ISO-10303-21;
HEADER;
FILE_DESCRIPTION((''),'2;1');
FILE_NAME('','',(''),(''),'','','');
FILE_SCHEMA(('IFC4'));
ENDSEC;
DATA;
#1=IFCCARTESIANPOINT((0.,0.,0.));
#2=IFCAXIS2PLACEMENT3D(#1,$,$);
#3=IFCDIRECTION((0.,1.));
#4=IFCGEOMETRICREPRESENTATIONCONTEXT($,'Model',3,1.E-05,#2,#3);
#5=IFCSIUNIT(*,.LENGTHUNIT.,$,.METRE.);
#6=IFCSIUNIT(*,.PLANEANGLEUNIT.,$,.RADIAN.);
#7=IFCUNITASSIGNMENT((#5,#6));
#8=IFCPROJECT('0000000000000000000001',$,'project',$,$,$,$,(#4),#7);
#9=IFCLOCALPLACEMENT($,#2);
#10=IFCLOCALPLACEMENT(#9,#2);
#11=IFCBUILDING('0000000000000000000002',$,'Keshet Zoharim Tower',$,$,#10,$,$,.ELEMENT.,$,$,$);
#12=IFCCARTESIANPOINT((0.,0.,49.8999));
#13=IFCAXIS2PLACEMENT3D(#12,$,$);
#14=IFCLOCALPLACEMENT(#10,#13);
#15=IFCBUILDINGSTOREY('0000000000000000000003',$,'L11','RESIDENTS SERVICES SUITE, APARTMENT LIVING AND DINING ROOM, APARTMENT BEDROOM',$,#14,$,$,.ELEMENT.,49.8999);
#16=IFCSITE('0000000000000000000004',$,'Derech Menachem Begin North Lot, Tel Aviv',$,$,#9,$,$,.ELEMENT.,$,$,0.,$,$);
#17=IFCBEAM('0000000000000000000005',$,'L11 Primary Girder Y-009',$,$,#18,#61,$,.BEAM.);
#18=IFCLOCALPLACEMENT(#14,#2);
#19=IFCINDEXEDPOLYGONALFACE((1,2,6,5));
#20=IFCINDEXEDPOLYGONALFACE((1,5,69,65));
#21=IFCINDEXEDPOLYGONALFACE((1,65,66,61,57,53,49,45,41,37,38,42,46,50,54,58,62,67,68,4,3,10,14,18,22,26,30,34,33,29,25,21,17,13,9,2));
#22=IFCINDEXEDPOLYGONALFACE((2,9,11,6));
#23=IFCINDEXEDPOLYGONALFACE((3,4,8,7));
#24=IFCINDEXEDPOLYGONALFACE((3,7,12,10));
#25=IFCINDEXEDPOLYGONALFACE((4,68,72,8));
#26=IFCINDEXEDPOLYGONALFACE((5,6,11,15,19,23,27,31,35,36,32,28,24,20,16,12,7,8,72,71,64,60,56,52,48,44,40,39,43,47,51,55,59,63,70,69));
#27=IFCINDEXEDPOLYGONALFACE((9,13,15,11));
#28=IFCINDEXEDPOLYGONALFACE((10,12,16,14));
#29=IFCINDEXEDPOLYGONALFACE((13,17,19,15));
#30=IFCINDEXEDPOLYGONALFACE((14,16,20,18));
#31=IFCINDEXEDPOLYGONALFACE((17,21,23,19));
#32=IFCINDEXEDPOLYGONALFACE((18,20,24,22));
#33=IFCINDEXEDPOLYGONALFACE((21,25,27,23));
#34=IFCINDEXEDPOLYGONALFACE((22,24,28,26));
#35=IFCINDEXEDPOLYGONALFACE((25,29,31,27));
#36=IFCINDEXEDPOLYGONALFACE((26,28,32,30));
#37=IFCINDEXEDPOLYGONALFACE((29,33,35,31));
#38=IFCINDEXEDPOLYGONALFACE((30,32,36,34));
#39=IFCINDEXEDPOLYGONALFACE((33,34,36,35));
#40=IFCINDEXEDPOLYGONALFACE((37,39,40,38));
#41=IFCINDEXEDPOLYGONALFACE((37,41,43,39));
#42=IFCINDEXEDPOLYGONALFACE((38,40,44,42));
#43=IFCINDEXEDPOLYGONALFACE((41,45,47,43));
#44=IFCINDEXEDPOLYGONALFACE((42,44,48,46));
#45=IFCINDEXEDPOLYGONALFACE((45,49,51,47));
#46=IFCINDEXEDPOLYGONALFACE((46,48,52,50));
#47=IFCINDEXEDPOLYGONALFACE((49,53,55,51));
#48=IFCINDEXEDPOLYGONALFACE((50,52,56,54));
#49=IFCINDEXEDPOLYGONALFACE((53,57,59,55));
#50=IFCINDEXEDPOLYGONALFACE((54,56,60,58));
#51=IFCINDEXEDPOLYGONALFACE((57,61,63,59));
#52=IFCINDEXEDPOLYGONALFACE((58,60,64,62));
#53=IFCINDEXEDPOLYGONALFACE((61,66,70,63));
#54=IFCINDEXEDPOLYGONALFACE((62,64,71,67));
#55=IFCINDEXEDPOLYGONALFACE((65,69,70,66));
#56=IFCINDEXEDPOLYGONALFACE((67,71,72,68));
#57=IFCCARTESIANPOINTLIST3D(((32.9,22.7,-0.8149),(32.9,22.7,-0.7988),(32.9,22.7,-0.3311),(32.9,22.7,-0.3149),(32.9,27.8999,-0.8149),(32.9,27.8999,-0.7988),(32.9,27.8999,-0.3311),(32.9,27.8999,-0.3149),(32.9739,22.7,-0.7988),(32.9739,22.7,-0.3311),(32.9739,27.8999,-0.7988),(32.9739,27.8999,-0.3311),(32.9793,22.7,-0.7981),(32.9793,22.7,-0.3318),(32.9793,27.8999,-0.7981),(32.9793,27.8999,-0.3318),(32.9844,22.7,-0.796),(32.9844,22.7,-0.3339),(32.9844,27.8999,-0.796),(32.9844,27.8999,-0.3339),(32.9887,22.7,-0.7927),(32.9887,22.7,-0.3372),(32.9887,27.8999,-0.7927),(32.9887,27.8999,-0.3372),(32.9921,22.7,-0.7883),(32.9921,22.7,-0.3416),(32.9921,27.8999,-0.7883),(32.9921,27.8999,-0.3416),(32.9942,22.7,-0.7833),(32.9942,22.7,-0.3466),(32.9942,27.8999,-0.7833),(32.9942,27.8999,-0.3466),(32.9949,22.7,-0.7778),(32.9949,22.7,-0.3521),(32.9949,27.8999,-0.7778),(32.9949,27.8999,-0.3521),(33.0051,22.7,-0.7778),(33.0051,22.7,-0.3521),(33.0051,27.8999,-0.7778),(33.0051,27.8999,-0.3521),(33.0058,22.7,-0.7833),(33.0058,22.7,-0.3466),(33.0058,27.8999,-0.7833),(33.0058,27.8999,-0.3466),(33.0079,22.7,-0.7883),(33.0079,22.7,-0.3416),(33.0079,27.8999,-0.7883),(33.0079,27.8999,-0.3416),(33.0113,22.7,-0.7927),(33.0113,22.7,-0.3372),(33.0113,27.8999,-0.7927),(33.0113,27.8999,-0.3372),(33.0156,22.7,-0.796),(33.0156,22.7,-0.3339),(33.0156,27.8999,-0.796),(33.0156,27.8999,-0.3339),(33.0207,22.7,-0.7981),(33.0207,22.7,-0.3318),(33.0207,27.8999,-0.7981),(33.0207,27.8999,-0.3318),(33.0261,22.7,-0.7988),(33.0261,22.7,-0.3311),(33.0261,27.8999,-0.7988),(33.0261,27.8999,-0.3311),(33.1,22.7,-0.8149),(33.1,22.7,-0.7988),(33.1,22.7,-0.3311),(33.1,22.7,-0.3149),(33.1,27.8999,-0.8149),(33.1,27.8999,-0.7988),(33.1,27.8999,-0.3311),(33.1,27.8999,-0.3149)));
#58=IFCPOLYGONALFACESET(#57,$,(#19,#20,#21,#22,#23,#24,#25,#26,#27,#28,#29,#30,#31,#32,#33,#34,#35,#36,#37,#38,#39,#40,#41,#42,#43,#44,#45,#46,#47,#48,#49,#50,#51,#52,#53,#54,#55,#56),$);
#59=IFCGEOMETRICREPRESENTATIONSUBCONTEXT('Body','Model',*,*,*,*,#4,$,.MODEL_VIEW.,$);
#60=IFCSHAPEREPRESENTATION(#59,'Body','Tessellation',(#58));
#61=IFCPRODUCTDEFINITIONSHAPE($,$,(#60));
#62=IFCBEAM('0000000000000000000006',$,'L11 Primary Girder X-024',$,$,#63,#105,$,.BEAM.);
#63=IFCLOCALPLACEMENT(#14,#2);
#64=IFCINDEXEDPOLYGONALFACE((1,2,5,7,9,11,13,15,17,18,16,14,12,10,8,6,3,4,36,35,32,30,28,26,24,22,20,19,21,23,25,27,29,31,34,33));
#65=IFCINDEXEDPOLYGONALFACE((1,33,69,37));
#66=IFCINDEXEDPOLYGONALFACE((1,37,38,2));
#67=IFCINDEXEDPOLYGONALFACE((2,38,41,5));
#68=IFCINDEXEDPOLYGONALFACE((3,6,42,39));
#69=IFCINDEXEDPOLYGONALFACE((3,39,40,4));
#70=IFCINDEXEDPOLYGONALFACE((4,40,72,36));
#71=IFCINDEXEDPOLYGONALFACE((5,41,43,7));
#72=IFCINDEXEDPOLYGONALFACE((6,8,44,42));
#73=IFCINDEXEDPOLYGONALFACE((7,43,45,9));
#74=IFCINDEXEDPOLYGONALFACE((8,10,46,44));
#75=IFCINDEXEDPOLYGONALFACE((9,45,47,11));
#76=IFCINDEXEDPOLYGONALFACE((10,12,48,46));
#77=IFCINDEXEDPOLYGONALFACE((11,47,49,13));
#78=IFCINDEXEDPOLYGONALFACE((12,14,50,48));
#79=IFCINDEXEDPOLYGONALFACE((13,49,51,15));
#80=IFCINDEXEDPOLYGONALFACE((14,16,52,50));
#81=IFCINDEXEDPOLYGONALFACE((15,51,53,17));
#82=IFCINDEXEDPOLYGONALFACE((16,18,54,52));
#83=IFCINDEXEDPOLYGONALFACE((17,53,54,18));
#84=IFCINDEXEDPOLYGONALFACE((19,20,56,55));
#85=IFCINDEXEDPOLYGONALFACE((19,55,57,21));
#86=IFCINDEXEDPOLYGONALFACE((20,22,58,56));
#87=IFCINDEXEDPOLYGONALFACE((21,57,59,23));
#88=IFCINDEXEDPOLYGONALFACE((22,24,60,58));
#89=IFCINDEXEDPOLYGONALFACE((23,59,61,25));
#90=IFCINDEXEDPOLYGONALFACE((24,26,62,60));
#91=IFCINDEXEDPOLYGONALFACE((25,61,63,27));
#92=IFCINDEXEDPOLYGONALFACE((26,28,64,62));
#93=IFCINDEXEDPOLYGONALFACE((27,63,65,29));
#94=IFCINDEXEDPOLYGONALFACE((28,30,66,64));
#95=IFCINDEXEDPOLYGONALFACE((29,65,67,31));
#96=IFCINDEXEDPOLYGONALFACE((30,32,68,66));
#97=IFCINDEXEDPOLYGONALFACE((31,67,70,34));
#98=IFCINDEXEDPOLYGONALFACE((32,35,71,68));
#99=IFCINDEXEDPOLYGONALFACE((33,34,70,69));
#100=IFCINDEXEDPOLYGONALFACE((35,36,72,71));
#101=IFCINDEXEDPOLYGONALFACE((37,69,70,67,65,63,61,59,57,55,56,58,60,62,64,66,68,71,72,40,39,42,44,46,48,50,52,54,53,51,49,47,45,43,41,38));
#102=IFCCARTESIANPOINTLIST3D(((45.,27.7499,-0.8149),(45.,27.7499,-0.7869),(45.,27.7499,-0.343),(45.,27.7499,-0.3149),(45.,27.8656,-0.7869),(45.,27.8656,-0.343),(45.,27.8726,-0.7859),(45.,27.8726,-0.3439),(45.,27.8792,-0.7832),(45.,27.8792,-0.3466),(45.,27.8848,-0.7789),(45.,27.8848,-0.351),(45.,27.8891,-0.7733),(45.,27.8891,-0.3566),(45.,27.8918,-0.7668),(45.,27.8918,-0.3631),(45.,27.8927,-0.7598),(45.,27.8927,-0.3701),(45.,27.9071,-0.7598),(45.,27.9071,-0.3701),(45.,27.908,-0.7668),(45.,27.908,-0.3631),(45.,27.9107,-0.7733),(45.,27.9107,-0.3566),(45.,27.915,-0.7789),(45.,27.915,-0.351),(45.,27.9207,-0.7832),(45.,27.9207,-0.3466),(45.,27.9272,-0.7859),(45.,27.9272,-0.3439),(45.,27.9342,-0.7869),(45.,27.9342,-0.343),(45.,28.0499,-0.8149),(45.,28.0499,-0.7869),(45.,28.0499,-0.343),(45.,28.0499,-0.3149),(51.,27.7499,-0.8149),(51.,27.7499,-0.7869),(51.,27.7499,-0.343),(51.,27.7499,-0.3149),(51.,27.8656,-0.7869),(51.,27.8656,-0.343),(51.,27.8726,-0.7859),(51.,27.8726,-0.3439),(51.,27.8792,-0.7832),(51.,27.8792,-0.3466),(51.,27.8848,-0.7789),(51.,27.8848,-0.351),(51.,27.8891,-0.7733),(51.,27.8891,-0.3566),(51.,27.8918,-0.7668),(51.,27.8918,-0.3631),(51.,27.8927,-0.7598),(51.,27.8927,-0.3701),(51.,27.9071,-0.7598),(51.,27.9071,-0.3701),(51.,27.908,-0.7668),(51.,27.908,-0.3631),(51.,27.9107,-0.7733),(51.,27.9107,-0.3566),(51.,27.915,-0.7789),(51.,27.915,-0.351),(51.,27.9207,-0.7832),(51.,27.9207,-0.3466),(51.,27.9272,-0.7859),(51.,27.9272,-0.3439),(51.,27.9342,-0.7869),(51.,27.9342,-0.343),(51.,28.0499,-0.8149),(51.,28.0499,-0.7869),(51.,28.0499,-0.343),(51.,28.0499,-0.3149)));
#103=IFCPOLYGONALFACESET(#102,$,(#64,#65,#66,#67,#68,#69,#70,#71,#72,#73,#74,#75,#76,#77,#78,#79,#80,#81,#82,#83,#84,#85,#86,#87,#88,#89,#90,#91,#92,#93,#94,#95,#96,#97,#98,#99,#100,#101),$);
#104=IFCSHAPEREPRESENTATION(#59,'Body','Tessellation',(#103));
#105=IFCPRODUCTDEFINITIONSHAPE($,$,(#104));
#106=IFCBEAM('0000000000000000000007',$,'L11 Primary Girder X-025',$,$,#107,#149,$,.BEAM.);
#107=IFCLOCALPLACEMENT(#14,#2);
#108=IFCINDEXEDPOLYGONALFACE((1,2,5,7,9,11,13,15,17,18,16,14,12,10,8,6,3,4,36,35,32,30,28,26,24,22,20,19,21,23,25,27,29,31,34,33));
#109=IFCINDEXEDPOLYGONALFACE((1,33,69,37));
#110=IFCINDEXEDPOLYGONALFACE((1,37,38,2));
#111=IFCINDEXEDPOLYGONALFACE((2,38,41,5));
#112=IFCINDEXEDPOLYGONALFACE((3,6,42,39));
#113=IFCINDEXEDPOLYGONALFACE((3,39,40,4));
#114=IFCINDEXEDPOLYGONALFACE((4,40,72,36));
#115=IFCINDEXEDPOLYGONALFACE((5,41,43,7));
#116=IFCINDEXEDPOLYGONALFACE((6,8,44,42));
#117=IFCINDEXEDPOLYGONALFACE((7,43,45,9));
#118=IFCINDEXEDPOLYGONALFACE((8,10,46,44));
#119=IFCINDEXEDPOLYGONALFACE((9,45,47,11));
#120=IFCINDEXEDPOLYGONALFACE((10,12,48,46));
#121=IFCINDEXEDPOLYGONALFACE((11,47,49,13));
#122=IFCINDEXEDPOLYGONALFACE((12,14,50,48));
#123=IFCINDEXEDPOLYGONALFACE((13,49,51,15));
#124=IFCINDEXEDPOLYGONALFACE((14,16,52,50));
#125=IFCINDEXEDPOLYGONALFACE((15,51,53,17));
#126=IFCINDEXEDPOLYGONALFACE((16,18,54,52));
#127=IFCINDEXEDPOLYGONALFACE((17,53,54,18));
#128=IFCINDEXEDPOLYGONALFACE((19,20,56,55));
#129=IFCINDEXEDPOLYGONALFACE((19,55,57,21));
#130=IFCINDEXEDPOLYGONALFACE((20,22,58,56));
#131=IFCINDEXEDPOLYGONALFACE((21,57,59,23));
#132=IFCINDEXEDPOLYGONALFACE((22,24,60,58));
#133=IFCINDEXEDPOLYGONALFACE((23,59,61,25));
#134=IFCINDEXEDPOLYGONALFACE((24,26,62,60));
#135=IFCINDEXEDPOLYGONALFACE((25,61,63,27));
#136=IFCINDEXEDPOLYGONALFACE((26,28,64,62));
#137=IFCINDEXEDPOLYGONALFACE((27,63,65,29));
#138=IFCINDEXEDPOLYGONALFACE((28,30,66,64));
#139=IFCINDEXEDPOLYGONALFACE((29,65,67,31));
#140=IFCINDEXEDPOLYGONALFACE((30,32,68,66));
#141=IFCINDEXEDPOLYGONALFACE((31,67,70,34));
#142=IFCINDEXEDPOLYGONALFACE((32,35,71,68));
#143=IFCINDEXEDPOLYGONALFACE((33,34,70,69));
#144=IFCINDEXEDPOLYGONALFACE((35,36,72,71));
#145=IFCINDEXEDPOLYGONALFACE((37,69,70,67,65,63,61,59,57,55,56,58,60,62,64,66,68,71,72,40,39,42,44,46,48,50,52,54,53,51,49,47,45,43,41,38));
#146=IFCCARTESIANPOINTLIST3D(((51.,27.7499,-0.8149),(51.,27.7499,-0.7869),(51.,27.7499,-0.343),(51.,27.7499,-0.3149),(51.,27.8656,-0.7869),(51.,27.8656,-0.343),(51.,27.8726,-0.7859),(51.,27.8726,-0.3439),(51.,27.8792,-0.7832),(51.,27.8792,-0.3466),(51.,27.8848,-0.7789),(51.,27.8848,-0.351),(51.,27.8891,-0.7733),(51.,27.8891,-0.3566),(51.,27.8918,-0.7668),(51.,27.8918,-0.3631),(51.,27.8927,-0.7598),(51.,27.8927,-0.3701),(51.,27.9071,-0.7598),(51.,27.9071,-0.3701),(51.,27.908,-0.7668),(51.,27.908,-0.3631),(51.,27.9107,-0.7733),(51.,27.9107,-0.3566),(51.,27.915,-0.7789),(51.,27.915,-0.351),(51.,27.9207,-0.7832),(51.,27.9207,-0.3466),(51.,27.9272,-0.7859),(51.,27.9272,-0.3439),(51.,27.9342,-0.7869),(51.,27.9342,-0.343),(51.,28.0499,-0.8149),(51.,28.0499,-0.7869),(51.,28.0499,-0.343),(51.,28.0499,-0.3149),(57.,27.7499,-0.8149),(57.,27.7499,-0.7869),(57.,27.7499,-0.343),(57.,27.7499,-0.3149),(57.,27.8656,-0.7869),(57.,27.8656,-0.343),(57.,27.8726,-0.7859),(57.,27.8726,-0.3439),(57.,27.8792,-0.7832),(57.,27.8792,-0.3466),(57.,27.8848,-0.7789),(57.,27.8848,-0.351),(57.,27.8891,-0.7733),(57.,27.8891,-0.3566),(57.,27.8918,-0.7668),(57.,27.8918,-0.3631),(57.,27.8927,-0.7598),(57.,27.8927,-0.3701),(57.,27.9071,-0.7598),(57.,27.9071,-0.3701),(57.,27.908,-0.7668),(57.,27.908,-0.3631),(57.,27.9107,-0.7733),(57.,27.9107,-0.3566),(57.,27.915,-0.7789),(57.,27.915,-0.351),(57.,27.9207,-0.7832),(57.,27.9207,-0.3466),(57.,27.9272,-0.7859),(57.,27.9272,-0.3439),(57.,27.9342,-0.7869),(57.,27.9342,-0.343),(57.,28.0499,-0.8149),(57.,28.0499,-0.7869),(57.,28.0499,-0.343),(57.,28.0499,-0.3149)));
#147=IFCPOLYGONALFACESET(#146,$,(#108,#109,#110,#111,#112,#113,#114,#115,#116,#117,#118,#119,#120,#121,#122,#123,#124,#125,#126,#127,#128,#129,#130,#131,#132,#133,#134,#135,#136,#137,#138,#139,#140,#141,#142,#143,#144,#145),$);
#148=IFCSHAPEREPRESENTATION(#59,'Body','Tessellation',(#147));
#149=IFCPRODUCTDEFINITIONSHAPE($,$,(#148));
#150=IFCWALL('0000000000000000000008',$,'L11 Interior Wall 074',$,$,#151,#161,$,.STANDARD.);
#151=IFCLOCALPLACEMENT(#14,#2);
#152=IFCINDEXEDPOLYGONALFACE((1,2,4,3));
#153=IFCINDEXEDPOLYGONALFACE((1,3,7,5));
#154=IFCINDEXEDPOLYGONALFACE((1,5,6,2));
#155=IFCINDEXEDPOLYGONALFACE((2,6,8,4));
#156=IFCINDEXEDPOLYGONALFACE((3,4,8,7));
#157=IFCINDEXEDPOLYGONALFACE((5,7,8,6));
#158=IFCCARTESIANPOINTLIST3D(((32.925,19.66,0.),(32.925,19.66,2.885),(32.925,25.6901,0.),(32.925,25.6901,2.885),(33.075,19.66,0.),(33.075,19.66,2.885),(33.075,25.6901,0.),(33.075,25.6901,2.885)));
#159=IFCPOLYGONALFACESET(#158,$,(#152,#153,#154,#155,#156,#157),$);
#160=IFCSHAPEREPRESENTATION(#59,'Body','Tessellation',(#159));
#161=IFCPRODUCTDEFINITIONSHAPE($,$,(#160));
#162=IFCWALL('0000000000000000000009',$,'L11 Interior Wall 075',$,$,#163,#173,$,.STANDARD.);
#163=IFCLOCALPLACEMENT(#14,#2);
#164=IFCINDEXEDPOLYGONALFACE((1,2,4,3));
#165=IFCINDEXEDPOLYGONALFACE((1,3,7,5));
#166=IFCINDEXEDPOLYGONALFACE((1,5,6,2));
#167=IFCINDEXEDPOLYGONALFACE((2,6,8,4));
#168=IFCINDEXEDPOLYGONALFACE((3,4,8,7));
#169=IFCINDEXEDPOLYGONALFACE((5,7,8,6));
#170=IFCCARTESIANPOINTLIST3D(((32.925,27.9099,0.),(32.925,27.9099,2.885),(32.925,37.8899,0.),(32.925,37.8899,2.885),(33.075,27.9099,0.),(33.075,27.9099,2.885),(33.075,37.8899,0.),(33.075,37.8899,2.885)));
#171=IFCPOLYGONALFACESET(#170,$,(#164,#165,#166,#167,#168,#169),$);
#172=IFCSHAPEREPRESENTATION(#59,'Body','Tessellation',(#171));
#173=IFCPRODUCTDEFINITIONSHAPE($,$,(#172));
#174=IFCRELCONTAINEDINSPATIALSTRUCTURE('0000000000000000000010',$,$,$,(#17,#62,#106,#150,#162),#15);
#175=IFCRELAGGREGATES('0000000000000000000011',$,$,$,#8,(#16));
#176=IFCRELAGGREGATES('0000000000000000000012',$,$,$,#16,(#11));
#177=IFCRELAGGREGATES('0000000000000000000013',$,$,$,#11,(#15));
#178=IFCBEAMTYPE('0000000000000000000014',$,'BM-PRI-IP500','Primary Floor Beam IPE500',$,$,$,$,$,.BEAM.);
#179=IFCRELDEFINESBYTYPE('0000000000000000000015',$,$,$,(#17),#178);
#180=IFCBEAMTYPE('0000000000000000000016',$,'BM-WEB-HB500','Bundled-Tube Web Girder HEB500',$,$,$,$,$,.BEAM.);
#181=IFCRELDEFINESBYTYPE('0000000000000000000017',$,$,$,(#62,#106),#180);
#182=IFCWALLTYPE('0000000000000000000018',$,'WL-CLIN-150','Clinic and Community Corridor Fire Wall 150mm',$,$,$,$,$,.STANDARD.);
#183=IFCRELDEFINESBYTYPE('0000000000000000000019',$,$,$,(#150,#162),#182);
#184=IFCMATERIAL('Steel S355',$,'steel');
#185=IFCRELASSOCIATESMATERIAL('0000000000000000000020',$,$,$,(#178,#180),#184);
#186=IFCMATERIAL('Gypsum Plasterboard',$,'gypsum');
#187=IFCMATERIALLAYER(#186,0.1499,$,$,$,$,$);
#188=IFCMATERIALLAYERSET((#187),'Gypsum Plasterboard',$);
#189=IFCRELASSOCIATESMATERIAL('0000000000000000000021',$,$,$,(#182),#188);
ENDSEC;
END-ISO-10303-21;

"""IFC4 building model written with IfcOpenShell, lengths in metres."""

from ifc_helpers import new_model, si_unit, direction, frame, frame_2d, origin, origin_2d, place, context, subcontext, project, spatial, rectangle, i_section, extrude, material, layer, layer_set, material_profile, profile_set, type_object, element, save


model = new_model("IFC4")

# Units and contexts
model_context = context("Model", 3, precision=1e-05, world=origin(), true_north=direction((0.0, 1.0)))
body_context = subcontext(model_context, "Body", "Model", "MODEL_VIEW")
ifc_project = project(units=[si_unit("LENGTHUNIT", "METRE"), si_unit("PLANEANGLEUNIT", "RADIAN")], contexts=[model_context])

# Site, building, storey
site_placement = place(None, origin())
site = spatial("IfcSite", under=ifc_project, at=site_placement, Name="Derech Menachem Begin North Lot, Tel Aviv", CompositionType="ELEMENT", RefElevation=0.0)
building_placement = place(site_placement, origin())
building = spatial("IfcBuilding", under=site, at=building_placement, Name="Keshet Zoharim Tower", CompositionType="ELEMENT")
storey_placement = place(building_placement, frame((0.0, 0.0, 49.8999)))
storey = spatial("IfcBuildingStorey", under=building, at=storey_placement, Name="L11", Description="RESIDENTS SERVICES SUITE, APARTMENT LIVING AND DINING ROOM, APARTMENT BEDROOM", CompositionType="ELEMENT", Elevation=49.8999)

# Beams
ifc_material_1 = material(Name="Steel S355", Category="steel")
ifc_material_profile_1 = material_profile(ifc_material_1, i_section(OverallWidth=0.2, OverallDepth=0.5, WebThickness=0.0103, FlangeThickness=0.0161, FilletRadius=0.021, at=origin_2d()), Name="IPE500")
ifc_profile_set_1 = profile_set([ifc_material_profile_1], Name="Steel S355")
beam_type_1 = type_object("IfcBeamType", Name="BM-PRI-IP500", Description="Primary Floor Beam IPE500", PredefinedType="BEAM", material=ifc_profile_set_1)
beam_1_placement = place(storey_placement, frame((33.0, 22.7, -0.5649), z_axis=(0.0, 1.0, 0.0), x_axis=(-1.0, 0.0, 0.0)))
element("IfcBeam", 1, at=beam_1_placement, inside=storey, type_object=beam_type_1, Name="L11 Primary Girder Y-009", PredefinedType="BEAM", context=body_context, shape_type="SweptSolid", body=[
    extrude(i_section(OverallWidth=0.2, OverallDepth=0.5, WebThickness=0.0103, FlangeThickness=0.0161, FilletRadius=0.021, at=origin_2d()), origin(), (0.0, 0.0, 1.0), 5.2),
])
ifc_material_profile_2 = material_profile(ifc_material_1, i_section(OverallWidth=0.3, OverallDepth=0.5, WebThickness=0.0144, FlangeThickness=0.0281, FilletRadius=0.0271, at=origin_2d()), Name="HEB500")
ifc_profile_set_2 = profile_set([ifc_material_profile_2], Name="Steel S355")
beam_type_2 = type_object("IfcBeamType", Name="BM-WEB-HB500", Description="Bundled-Tube Web Girder HEB500", PredefinedType="BEAM", material=ifc_profile_set_2)
for number, where, z_axis, x_axis, name in (
    (2, (45.0, 27.8999, -0.5649), (1.0, 0.0, 0.0), (0.0, 1.0, 0.0), "L11 Primary Girder X-024"),
    (3, (51.0, 27.8999, -0.5649), (1.0, 0.0, 0.0), (0.0, 1.0, 0.0), "L11 Primary Girder X-025"),
):
    element("IfcBeam", number, at=place(storey_placement, frame(where, z_axis=z_axis, x_axis=x_axis)), inside=storey, type_object=beam_type_2, Name=name, PredefinedType="BEAM", context=body_context, shape_type="SweptSolid", body=[
        extrude(i_section(OverallWidth=0.3, OverallDepth=0.5, WebThickness=0.0144, FlangeThickness=0.0281, FilletRadius=0.0271, at=origin_2d()), origin(), (0.0, 0.0, 1.0), 6.0),
    ])

# Walls
ifc_material_2 = material(Name="Gypsum Plasterboard", Category="gypsum")
ifc_layer_1 = layer(ifc_material_2, 0.1499)
ifc_layer_set_1 = layer_set([ifc_layer_1], Name="Gypsum Plasterboard")
wall_type_1 = type_object("IfcWallType", Name="WL-CLIN-150", Description="Clinic and Community Corridor Fire Wall 150mm", PredefinedType="STANDARD", material=ifc_layer_set_1)
wall_1_placement = place(storey_placement, frame((33.0, 19.6599, 0.0), z_axis=(0.0, 0.0, 1.0), x_axis=(0.0, 1.0, 0.0)))
element("IfcWall", 4, at=wall_1_placement, inside=storey, type_object=wall_type_1, Name="L11 Interior Wall 074", PredefinedType="STANDARD", context=body_context, shape_type="SweptSolid", body=[
    extrude(rectangle(XDim=6.03, YDim=0.1499, at=frame_2d((3.0151, 0.0))), origin(), (0.0, 0.0, 1.0), 2.885),
])
wall_2_placement = place(storey_placement, frame((33.0, 27.9099, 0.0), z_axis=(0.0, 0.0, 1.0), x_axis=(0.0, 1.0, 0.0)))
element("IfcWall", 5, at=wall_2_placement, inside=storey, type_object=wall_type_1, Name="L11 Interior Wall 075", PredefinedType="STANDARD", context=body_context, shape_type="SweptSolid", body=[
    extrude(rectangle(XDim=9.98, YDim=0.1499, at=frame_2d((4.99, 0.0))), origin(), (0.0, 0.0, 1.0), 2.885),
])

save(model, "model.ifc")
